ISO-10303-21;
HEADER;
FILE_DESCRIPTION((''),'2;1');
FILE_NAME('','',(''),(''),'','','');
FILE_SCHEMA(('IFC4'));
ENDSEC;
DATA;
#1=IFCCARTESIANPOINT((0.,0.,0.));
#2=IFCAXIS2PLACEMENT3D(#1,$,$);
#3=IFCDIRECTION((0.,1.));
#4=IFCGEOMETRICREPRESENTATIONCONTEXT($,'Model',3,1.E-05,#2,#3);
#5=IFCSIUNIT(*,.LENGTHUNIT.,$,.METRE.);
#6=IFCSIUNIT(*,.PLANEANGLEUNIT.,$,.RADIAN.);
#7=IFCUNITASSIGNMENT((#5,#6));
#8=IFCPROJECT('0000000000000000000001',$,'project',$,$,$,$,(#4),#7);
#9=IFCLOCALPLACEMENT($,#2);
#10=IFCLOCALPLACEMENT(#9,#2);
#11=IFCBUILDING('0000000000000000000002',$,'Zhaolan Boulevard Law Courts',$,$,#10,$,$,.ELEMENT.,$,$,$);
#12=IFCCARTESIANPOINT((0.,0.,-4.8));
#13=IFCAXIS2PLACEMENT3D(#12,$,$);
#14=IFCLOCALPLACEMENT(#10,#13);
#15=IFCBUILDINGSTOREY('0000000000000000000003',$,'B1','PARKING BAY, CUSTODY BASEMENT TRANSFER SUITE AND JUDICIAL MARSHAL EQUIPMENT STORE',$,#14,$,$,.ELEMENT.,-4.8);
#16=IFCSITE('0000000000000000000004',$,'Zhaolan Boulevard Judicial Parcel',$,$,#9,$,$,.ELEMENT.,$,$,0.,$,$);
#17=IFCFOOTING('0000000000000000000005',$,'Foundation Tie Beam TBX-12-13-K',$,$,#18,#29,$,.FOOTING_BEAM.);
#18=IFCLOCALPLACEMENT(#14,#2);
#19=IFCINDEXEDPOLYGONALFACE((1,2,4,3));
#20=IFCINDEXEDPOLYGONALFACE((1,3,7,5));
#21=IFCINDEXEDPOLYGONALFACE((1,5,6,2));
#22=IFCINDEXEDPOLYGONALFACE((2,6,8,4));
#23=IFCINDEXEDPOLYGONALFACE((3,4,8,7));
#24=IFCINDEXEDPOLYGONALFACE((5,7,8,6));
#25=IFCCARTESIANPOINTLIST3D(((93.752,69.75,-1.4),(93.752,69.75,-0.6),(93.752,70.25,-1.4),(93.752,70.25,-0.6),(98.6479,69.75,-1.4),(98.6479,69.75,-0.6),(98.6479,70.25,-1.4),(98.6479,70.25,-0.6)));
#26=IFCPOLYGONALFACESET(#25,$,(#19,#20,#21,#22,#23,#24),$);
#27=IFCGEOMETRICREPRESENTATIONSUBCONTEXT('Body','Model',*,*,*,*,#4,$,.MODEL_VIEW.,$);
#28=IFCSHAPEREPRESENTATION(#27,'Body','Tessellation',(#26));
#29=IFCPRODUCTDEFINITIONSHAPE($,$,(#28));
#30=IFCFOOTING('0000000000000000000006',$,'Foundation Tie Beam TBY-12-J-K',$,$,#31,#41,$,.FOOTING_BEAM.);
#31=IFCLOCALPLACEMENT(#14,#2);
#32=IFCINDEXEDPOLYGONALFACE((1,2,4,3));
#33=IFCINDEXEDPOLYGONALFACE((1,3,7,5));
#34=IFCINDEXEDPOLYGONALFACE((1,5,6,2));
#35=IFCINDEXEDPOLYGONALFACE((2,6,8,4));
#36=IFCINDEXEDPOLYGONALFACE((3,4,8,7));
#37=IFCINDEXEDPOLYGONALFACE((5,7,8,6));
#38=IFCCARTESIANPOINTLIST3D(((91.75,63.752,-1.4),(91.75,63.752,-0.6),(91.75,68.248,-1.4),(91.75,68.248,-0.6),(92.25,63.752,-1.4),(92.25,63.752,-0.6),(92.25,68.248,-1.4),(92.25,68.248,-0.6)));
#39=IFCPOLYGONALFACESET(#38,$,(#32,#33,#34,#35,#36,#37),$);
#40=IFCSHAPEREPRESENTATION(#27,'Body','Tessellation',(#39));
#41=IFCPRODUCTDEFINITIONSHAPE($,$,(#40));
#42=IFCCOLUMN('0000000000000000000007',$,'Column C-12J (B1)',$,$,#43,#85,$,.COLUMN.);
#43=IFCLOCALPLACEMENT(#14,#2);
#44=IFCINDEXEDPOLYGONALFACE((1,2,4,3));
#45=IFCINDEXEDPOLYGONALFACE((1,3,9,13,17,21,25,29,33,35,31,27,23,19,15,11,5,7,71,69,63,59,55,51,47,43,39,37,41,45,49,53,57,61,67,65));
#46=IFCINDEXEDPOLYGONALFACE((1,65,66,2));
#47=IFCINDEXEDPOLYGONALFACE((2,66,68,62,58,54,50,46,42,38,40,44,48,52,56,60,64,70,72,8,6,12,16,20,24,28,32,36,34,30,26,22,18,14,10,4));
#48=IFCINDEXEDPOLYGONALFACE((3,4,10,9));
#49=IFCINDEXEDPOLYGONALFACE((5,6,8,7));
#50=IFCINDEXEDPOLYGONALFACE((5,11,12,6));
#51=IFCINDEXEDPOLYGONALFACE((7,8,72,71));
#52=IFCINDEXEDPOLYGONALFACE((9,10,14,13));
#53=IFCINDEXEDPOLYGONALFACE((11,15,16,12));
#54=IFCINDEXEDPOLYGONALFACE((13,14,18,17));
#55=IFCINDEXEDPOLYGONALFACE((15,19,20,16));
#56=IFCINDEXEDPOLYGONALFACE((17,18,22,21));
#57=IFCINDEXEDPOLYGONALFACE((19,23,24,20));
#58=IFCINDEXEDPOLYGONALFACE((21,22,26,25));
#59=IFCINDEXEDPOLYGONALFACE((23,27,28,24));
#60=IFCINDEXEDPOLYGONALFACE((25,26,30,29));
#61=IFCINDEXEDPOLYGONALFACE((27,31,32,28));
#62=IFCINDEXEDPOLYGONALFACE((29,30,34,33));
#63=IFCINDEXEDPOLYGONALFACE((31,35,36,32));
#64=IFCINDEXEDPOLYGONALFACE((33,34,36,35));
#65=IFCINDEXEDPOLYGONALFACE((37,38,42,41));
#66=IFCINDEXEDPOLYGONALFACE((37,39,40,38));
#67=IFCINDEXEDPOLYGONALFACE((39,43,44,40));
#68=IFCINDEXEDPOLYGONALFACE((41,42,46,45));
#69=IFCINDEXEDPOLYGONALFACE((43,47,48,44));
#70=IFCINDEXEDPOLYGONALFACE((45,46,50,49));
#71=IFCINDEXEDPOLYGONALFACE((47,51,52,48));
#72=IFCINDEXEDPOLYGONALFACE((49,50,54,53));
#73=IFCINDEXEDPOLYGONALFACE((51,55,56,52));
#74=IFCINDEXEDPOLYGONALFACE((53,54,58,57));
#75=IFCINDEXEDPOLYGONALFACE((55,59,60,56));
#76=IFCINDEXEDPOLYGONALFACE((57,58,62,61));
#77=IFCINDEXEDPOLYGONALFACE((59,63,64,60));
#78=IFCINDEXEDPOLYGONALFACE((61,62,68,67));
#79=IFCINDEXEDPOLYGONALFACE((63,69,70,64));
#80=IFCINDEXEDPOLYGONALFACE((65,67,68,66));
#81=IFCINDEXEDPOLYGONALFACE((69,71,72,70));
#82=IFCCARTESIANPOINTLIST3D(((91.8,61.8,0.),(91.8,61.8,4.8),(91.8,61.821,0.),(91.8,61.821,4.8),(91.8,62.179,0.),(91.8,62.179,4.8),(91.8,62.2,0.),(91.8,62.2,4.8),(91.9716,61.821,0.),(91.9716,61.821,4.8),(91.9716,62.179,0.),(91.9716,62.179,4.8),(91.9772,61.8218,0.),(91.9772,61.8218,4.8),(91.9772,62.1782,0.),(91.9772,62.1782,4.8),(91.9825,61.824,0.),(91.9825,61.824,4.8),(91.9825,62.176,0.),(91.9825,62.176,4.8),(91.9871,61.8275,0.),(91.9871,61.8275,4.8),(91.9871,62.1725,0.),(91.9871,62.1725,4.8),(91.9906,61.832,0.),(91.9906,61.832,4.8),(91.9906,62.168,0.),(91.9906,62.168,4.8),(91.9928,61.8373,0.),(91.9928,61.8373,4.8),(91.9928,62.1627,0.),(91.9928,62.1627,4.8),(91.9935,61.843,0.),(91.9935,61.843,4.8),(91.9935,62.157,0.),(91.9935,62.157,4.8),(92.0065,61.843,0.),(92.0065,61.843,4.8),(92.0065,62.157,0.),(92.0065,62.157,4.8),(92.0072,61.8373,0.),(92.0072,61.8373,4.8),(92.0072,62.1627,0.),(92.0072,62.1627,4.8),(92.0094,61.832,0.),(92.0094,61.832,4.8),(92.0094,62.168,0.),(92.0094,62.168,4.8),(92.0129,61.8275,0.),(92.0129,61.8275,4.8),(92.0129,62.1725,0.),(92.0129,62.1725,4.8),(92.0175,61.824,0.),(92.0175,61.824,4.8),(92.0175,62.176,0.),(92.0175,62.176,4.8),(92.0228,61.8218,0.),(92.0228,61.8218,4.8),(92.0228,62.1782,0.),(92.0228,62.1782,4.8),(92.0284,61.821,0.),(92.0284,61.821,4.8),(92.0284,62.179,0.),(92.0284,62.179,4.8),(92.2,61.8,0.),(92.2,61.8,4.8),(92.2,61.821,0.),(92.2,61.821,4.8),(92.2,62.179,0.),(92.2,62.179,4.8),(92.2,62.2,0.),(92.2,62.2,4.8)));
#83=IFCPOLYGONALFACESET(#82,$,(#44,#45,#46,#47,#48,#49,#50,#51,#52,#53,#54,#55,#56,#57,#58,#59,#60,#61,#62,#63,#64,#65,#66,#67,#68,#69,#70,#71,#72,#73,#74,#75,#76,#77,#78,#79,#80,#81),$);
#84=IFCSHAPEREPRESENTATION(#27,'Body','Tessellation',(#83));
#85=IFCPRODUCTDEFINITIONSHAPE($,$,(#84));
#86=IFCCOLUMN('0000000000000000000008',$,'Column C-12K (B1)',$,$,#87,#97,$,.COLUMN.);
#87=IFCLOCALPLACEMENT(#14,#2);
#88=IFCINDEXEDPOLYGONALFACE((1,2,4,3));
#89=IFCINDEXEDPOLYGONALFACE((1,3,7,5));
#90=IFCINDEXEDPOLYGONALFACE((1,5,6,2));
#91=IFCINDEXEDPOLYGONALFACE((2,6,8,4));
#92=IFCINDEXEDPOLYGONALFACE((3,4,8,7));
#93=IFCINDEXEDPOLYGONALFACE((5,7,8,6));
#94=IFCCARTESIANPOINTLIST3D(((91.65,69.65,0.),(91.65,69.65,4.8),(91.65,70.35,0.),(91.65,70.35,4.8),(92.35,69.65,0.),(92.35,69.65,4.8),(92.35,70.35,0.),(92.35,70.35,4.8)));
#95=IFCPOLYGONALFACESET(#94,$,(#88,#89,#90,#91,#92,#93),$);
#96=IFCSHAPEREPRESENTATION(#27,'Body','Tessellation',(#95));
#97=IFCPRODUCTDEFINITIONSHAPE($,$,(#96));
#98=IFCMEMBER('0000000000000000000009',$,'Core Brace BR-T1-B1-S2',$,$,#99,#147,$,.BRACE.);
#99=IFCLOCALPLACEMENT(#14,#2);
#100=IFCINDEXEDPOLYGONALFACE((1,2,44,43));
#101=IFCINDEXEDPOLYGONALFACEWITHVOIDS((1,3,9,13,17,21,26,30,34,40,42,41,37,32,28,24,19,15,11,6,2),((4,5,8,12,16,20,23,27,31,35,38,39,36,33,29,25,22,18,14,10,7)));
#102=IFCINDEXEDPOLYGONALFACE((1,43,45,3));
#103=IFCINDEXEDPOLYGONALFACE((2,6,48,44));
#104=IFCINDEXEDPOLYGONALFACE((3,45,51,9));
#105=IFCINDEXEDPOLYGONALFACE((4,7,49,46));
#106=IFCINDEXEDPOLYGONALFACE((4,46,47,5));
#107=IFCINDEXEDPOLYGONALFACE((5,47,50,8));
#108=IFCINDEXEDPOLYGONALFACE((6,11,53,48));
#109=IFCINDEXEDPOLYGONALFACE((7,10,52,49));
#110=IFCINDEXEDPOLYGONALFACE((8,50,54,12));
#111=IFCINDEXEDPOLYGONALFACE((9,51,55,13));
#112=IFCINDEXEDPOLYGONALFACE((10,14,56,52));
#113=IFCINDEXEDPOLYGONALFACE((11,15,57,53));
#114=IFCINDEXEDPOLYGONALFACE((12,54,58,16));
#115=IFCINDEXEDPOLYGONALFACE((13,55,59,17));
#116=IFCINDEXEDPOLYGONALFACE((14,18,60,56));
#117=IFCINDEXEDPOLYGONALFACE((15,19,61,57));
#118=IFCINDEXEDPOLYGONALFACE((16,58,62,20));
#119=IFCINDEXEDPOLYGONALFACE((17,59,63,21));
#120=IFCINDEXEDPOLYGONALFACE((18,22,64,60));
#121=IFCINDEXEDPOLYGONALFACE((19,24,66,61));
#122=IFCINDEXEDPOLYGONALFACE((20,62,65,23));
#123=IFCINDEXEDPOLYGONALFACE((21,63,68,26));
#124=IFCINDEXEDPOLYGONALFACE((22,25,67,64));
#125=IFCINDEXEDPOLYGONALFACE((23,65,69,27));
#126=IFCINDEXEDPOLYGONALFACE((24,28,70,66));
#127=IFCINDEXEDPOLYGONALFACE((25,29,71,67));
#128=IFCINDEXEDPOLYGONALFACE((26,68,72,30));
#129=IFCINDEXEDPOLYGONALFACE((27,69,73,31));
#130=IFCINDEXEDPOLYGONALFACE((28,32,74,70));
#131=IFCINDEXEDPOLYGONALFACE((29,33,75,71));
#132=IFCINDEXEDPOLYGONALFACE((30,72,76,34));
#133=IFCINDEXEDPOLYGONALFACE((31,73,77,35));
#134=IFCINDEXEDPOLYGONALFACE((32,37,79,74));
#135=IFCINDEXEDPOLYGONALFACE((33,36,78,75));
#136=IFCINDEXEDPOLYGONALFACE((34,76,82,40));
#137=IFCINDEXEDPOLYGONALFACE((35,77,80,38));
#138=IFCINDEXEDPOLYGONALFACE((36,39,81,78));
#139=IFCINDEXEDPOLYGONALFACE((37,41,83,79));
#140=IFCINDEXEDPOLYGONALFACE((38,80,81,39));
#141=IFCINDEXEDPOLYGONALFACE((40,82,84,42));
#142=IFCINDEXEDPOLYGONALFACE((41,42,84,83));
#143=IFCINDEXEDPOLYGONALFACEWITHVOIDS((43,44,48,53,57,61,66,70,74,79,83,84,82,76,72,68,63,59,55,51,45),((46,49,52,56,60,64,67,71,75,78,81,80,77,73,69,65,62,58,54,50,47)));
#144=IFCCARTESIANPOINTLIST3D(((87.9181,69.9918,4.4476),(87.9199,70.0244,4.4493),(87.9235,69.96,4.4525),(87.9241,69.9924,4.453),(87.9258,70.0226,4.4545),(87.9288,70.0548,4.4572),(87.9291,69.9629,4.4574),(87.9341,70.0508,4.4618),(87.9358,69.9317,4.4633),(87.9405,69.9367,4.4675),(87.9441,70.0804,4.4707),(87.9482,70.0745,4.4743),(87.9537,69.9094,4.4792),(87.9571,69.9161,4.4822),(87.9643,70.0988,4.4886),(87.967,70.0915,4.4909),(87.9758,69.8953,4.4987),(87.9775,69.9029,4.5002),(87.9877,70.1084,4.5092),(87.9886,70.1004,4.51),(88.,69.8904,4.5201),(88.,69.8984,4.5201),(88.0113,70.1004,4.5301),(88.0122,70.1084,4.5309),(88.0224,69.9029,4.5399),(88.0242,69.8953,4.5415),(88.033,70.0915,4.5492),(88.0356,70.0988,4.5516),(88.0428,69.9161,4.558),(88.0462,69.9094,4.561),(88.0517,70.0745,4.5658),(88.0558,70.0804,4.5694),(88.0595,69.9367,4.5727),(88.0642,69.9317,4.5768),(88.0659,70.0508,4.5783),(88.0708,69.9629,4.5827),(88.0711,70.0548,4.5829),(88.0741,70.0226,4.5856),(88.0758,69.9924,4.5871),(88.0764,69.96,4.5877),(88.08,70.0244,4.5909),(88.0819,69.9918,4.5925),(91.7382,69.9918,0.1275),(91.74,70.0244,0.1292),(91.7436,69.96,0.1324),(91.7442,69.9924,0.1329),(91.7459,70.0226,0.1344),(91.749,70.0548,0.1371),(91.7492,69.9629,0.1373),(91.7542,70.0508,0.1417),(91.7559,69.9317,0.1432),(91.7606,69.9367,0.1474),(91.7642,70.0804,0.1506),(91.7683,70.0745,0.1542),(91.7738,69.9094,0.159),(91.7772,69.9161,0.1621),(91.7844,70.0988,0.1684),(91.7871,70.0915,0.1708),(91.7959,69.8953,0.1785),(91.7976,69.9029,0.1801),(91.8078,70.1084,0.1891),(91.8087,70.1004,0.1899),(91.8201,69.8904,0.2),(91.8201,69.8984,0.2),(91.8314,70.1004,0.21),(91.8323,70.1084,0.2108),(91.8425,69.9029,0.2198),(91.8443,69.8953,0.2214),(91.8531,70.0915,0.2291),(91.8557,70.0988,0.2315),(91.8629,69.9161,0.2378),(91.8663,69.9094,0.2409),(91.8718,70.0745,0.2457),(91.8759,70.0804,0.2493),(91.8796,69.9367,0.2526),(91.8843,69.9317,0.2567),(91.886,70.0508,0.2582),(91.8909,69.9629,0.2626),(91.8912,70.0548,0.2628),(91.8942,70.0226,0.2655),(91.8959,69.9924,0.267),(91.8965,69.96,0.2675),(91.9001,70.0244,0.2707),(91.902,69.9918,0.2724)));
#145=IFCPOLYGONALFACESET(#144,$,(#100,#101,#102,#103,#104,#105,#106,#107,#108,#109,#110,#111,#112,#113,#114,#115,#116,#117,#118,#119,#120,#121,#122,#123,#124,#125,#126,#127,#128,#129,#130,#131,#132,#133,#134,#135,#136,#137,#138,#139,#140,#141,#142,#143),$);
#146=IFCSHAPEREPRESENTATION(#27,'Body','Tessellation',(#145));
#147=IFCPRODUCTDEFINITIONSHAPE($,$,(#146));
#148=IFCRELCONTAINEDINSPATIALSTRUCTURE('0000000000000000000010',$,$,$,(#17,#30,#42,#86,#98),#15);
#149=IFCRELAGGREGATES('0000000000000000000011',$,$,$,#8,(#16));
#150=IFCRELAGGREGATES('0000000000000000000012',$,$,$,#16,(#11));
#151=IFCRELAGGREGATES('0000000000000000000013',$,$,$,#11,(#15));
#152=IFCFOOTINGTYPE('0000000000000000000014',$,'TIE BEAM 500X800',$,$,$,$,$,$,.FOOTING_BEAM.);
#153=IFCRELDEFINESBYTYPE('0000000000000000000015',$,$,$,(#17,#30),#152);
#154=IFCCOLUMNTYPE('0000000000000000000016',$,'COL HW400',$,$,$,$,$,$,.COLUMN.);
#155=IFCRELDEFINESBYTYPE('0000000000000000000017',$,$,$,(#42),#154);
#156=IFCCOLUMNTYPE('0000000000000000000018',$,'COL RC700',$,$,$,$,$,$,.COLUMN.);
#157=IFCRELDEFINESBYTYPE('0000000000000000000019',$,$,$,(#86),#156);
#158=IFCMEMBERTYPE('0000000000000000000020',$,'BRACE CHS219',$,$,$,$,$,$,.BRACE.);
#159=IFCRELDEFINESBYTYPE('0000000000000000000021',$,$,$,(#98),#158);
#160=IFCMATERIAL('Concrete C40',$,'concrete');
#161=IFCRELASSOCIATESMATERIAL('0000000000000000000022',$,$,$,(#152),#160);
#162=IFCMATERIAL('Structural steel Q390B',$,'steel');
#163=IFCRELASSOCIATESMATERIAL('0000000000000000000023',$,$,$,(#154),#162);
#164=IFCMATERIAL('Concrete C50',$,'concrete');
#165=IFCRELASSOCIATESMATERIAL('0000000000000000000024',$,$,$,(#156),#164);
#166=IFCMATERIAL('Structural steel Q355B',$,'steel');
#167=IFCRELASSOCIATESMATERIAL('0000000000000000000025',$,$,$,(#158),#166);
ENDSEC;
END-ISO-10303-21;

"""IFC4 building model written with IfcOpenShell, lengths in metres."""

from ifc_helpers import new_model, si_unit, direction, frame, origin, origin_2d, place, context, subcontext, project, spatial, rectangle, hollow_circle, i_section, extrude, material, material_profile, profile_set, type_object, element, save


model = new_model("IFC4")

# Units and contexts
model_context = context("Model", 3, precision=1e-05, world=origin(), true_north=direction((0.0, 1.0)))
body_context = subcontext(model_context, "Body", "Model", "MODEL_VIEW")
ifc_project = project(units=[si_unit("LENGTHUNIT", "METRE"), si_unit("PLANEANGLEUNIT", "RADIAN")], contexts=[model_context])

# Site, building, storey
site_placement = place(None, origin())
site = spatial("IfcSite", under=ifc_project, at=site_placement, Name="Zhaolan Boulevard Judicial Parcel", CompositionType="ELEMENT", RefElevation=0.0)
building_placement = place(site_placement, origin())
building = spatial("IfcBuilding", under=site, at=building_placement, Name="Zhaolan Boulevard Law Courts", CompositionType="ELEMENT")
storey_placement = place(building_placement, frame((0.0, 0.0, -4.8)))
storey = spatial("IfcBuildingStorey", under=building, at=storey_placement, Name="B1", Description="PARKING BAY, CUSTODY BASEMENT TRANSFER SUITE AND JUDICIAL MARSHAL EQUIPMENT STORE", CompositionType="ELEMENT", Elevation=-4.8)

# Footings
ifc_material_1 = material(Name="Concrete C40", Category="concrete")
ifc_material_profile_1 = material_profile(ifc_material_1, rectangle(XDim=0.5, YDim=0.8, at=origin_2d()), Name="RC500x800")
ifc_profile_set_1 = profile_set([ifc_material_profile_1], Name="Concrete C40")
footing_type_1 = type_object("IfcFootingType", Name="TIE BEAM 500X800", PredefinedType="FOOTING_BEAM", material=ifc_profile_set_1)
footing_1_placement = place(storey_placement, frame((93.752, 70.0, -1.0), z_axis=(1.0, 0.0, 0.0), x_axis=(0.0, 1.0, 0.0)))
element("IfcFooting", 1, at=footing_1_placement, inside=storey, type_object=footing_type_1, Name="Foundation Tie Beam TBX-12-13-K", PredefinedType="FOOTING_BEAM", context=body_context, shape_type="SweptSolid", body=[
    extrude(rectangle(XDim=0.5, YDim=0.8, at=origin_2d()), origin(), (0.0, 0.0, 1.0), 4.896),
])
footing_2_placement = place(storey_placement, frame((92.0, 63.752, -1.0), z_axis=(0.0, 1.0, 0.0), x_axis=(-1.0, 0.0, 0.0)))
element("IfcFooting", 2, at=footing_2_placement, inside=storey, type_object=footing_type_1, Name="Foundation Tie Beam TBY-12-J-K", PredefinedType="FOOTING_BEAM", context=body_context, shape_type="SweptSolid", body=[
    extrude(rectangle(XDim=0.5, YDim=0.8, at=origin_2d()), origin(), (0.0, 0.0, 1.0), 4.4961),
])

# Columns
ifc_material_2 = material(Name="Structural steel Q390B", Category="steel")
ifc_material_profile_2 = material_profile(ifc_material_2, i_section(OverallWidth=0.3999, OverallDepth=0.3999, WebThickness=0.0129, FlangeThickness=0.021, FilletRadius=0.022, at=origin_2d()), Name="HW400x400")
ifc_profile_set_2 = profile_set([ifc_material_profile_2], Name="Structural steel Q390B")
column_type_1 = type_object("IfcColumnType", Name="COL HW400", PredefinedType="COLUMN", material=ifc_profile_set_2)
column_1_placement = place(storey_placement, frame((92.0, 62.0, 0.0), z_axis=(0.0, 0.0, 1.0), x_axis=(1.0, 0.0, 0.0)))
element("IfcColumn", 3, at=column_1_placement, inside=storey, type_object=column_type_1, Name="Column C-12J (B1)", PredefinedType="COLUMN", context=body_context, shape_type="SweptSolid", body=[
    extrude(i_section(OverallWidth=0.3999, OverallDepth=0.3999, WebThickness=0.0129, FlangeThickness=0.021, FilletRadius=0.022, at=origin_2d()), origin(), (0.0, 0.0, 1.0), 4.8),
])
ifc_material_3 = material(Name="Concrete C50", Category="concrete")
ifc_material_profile_3 = material_profile(ifc_material_3, rectangle(XDim=0.7, YDim=0.7, at=origin_2d()), Name="RC700x700")
ifc_profile_set_3 = profile_set([ifc_material_profile_3], Name="Concrete C50")
column_type_2 = type_object("IfcColumnType", Name="COL RC700", PredefinedType="COLUMN", material=ifc_profile_set_3)
column_2_placement = place(storey_placement, frame((92.0, 70.0, 0.0), z_axis=(0.0, 0.0, 1.0), x_axis=(1.0, 0.0, 0.0)))
element("IfcColumn", 4, at=column_2_placement, inside=storey, type_object=column_type_2, Name="Column C-12K (B1)", PredefinedType="COLUMN", context=body_context, shape_type="SweptSolid", body=[
    extrude(rectangle(XDim=0.7, YDim=0.7, at=origin_2d()), origin(), (0.0, 0.0, 1.0), 4.8),
])

# Member
ifc_material_4 = material(Name="Structural steel Q355B", Category="steel")
ifc_material_profile_4 = material_profile(ifc_material_4, hollow_circle(Radius=0.1096, WallThickness=0.0081, at=origin_2d()), Name="CHS219x8")
ifc_profile_set_4 = profile_set([ifc_material_profile_4], Name="Structural steel Q355B")
member_type = type_object("IfcMemberType", Name="BRACE CHS219", PredefinedType="BRACE", material=ifc_profile_set_4)
for number, where, z_axis, x_axis, name in (
    (5, (91.8201, 70.0, 0.2), (-0.662425, 0.0, 0.749128), (0.0, -1.0, 0.0), "Core Brace BR-T1-B1-S2"),
):
    element("IfcMember", number, at=place(storey_placement, frame(where, z_axis=z_axis, x_axis=x_axis)), inside=storey, type_object=member_type, Name=name, PredefinedType="BRACE", context=body_context, shape_type="SweptSolid", body=[
        extrude(hollow_circle(Radius=0.1096, WallThickness=0.0081, at=origin_2d()), origin(), (0.0, 0.0, 1.0), 5.7668),
    ])

save(model, "model.ifc")
